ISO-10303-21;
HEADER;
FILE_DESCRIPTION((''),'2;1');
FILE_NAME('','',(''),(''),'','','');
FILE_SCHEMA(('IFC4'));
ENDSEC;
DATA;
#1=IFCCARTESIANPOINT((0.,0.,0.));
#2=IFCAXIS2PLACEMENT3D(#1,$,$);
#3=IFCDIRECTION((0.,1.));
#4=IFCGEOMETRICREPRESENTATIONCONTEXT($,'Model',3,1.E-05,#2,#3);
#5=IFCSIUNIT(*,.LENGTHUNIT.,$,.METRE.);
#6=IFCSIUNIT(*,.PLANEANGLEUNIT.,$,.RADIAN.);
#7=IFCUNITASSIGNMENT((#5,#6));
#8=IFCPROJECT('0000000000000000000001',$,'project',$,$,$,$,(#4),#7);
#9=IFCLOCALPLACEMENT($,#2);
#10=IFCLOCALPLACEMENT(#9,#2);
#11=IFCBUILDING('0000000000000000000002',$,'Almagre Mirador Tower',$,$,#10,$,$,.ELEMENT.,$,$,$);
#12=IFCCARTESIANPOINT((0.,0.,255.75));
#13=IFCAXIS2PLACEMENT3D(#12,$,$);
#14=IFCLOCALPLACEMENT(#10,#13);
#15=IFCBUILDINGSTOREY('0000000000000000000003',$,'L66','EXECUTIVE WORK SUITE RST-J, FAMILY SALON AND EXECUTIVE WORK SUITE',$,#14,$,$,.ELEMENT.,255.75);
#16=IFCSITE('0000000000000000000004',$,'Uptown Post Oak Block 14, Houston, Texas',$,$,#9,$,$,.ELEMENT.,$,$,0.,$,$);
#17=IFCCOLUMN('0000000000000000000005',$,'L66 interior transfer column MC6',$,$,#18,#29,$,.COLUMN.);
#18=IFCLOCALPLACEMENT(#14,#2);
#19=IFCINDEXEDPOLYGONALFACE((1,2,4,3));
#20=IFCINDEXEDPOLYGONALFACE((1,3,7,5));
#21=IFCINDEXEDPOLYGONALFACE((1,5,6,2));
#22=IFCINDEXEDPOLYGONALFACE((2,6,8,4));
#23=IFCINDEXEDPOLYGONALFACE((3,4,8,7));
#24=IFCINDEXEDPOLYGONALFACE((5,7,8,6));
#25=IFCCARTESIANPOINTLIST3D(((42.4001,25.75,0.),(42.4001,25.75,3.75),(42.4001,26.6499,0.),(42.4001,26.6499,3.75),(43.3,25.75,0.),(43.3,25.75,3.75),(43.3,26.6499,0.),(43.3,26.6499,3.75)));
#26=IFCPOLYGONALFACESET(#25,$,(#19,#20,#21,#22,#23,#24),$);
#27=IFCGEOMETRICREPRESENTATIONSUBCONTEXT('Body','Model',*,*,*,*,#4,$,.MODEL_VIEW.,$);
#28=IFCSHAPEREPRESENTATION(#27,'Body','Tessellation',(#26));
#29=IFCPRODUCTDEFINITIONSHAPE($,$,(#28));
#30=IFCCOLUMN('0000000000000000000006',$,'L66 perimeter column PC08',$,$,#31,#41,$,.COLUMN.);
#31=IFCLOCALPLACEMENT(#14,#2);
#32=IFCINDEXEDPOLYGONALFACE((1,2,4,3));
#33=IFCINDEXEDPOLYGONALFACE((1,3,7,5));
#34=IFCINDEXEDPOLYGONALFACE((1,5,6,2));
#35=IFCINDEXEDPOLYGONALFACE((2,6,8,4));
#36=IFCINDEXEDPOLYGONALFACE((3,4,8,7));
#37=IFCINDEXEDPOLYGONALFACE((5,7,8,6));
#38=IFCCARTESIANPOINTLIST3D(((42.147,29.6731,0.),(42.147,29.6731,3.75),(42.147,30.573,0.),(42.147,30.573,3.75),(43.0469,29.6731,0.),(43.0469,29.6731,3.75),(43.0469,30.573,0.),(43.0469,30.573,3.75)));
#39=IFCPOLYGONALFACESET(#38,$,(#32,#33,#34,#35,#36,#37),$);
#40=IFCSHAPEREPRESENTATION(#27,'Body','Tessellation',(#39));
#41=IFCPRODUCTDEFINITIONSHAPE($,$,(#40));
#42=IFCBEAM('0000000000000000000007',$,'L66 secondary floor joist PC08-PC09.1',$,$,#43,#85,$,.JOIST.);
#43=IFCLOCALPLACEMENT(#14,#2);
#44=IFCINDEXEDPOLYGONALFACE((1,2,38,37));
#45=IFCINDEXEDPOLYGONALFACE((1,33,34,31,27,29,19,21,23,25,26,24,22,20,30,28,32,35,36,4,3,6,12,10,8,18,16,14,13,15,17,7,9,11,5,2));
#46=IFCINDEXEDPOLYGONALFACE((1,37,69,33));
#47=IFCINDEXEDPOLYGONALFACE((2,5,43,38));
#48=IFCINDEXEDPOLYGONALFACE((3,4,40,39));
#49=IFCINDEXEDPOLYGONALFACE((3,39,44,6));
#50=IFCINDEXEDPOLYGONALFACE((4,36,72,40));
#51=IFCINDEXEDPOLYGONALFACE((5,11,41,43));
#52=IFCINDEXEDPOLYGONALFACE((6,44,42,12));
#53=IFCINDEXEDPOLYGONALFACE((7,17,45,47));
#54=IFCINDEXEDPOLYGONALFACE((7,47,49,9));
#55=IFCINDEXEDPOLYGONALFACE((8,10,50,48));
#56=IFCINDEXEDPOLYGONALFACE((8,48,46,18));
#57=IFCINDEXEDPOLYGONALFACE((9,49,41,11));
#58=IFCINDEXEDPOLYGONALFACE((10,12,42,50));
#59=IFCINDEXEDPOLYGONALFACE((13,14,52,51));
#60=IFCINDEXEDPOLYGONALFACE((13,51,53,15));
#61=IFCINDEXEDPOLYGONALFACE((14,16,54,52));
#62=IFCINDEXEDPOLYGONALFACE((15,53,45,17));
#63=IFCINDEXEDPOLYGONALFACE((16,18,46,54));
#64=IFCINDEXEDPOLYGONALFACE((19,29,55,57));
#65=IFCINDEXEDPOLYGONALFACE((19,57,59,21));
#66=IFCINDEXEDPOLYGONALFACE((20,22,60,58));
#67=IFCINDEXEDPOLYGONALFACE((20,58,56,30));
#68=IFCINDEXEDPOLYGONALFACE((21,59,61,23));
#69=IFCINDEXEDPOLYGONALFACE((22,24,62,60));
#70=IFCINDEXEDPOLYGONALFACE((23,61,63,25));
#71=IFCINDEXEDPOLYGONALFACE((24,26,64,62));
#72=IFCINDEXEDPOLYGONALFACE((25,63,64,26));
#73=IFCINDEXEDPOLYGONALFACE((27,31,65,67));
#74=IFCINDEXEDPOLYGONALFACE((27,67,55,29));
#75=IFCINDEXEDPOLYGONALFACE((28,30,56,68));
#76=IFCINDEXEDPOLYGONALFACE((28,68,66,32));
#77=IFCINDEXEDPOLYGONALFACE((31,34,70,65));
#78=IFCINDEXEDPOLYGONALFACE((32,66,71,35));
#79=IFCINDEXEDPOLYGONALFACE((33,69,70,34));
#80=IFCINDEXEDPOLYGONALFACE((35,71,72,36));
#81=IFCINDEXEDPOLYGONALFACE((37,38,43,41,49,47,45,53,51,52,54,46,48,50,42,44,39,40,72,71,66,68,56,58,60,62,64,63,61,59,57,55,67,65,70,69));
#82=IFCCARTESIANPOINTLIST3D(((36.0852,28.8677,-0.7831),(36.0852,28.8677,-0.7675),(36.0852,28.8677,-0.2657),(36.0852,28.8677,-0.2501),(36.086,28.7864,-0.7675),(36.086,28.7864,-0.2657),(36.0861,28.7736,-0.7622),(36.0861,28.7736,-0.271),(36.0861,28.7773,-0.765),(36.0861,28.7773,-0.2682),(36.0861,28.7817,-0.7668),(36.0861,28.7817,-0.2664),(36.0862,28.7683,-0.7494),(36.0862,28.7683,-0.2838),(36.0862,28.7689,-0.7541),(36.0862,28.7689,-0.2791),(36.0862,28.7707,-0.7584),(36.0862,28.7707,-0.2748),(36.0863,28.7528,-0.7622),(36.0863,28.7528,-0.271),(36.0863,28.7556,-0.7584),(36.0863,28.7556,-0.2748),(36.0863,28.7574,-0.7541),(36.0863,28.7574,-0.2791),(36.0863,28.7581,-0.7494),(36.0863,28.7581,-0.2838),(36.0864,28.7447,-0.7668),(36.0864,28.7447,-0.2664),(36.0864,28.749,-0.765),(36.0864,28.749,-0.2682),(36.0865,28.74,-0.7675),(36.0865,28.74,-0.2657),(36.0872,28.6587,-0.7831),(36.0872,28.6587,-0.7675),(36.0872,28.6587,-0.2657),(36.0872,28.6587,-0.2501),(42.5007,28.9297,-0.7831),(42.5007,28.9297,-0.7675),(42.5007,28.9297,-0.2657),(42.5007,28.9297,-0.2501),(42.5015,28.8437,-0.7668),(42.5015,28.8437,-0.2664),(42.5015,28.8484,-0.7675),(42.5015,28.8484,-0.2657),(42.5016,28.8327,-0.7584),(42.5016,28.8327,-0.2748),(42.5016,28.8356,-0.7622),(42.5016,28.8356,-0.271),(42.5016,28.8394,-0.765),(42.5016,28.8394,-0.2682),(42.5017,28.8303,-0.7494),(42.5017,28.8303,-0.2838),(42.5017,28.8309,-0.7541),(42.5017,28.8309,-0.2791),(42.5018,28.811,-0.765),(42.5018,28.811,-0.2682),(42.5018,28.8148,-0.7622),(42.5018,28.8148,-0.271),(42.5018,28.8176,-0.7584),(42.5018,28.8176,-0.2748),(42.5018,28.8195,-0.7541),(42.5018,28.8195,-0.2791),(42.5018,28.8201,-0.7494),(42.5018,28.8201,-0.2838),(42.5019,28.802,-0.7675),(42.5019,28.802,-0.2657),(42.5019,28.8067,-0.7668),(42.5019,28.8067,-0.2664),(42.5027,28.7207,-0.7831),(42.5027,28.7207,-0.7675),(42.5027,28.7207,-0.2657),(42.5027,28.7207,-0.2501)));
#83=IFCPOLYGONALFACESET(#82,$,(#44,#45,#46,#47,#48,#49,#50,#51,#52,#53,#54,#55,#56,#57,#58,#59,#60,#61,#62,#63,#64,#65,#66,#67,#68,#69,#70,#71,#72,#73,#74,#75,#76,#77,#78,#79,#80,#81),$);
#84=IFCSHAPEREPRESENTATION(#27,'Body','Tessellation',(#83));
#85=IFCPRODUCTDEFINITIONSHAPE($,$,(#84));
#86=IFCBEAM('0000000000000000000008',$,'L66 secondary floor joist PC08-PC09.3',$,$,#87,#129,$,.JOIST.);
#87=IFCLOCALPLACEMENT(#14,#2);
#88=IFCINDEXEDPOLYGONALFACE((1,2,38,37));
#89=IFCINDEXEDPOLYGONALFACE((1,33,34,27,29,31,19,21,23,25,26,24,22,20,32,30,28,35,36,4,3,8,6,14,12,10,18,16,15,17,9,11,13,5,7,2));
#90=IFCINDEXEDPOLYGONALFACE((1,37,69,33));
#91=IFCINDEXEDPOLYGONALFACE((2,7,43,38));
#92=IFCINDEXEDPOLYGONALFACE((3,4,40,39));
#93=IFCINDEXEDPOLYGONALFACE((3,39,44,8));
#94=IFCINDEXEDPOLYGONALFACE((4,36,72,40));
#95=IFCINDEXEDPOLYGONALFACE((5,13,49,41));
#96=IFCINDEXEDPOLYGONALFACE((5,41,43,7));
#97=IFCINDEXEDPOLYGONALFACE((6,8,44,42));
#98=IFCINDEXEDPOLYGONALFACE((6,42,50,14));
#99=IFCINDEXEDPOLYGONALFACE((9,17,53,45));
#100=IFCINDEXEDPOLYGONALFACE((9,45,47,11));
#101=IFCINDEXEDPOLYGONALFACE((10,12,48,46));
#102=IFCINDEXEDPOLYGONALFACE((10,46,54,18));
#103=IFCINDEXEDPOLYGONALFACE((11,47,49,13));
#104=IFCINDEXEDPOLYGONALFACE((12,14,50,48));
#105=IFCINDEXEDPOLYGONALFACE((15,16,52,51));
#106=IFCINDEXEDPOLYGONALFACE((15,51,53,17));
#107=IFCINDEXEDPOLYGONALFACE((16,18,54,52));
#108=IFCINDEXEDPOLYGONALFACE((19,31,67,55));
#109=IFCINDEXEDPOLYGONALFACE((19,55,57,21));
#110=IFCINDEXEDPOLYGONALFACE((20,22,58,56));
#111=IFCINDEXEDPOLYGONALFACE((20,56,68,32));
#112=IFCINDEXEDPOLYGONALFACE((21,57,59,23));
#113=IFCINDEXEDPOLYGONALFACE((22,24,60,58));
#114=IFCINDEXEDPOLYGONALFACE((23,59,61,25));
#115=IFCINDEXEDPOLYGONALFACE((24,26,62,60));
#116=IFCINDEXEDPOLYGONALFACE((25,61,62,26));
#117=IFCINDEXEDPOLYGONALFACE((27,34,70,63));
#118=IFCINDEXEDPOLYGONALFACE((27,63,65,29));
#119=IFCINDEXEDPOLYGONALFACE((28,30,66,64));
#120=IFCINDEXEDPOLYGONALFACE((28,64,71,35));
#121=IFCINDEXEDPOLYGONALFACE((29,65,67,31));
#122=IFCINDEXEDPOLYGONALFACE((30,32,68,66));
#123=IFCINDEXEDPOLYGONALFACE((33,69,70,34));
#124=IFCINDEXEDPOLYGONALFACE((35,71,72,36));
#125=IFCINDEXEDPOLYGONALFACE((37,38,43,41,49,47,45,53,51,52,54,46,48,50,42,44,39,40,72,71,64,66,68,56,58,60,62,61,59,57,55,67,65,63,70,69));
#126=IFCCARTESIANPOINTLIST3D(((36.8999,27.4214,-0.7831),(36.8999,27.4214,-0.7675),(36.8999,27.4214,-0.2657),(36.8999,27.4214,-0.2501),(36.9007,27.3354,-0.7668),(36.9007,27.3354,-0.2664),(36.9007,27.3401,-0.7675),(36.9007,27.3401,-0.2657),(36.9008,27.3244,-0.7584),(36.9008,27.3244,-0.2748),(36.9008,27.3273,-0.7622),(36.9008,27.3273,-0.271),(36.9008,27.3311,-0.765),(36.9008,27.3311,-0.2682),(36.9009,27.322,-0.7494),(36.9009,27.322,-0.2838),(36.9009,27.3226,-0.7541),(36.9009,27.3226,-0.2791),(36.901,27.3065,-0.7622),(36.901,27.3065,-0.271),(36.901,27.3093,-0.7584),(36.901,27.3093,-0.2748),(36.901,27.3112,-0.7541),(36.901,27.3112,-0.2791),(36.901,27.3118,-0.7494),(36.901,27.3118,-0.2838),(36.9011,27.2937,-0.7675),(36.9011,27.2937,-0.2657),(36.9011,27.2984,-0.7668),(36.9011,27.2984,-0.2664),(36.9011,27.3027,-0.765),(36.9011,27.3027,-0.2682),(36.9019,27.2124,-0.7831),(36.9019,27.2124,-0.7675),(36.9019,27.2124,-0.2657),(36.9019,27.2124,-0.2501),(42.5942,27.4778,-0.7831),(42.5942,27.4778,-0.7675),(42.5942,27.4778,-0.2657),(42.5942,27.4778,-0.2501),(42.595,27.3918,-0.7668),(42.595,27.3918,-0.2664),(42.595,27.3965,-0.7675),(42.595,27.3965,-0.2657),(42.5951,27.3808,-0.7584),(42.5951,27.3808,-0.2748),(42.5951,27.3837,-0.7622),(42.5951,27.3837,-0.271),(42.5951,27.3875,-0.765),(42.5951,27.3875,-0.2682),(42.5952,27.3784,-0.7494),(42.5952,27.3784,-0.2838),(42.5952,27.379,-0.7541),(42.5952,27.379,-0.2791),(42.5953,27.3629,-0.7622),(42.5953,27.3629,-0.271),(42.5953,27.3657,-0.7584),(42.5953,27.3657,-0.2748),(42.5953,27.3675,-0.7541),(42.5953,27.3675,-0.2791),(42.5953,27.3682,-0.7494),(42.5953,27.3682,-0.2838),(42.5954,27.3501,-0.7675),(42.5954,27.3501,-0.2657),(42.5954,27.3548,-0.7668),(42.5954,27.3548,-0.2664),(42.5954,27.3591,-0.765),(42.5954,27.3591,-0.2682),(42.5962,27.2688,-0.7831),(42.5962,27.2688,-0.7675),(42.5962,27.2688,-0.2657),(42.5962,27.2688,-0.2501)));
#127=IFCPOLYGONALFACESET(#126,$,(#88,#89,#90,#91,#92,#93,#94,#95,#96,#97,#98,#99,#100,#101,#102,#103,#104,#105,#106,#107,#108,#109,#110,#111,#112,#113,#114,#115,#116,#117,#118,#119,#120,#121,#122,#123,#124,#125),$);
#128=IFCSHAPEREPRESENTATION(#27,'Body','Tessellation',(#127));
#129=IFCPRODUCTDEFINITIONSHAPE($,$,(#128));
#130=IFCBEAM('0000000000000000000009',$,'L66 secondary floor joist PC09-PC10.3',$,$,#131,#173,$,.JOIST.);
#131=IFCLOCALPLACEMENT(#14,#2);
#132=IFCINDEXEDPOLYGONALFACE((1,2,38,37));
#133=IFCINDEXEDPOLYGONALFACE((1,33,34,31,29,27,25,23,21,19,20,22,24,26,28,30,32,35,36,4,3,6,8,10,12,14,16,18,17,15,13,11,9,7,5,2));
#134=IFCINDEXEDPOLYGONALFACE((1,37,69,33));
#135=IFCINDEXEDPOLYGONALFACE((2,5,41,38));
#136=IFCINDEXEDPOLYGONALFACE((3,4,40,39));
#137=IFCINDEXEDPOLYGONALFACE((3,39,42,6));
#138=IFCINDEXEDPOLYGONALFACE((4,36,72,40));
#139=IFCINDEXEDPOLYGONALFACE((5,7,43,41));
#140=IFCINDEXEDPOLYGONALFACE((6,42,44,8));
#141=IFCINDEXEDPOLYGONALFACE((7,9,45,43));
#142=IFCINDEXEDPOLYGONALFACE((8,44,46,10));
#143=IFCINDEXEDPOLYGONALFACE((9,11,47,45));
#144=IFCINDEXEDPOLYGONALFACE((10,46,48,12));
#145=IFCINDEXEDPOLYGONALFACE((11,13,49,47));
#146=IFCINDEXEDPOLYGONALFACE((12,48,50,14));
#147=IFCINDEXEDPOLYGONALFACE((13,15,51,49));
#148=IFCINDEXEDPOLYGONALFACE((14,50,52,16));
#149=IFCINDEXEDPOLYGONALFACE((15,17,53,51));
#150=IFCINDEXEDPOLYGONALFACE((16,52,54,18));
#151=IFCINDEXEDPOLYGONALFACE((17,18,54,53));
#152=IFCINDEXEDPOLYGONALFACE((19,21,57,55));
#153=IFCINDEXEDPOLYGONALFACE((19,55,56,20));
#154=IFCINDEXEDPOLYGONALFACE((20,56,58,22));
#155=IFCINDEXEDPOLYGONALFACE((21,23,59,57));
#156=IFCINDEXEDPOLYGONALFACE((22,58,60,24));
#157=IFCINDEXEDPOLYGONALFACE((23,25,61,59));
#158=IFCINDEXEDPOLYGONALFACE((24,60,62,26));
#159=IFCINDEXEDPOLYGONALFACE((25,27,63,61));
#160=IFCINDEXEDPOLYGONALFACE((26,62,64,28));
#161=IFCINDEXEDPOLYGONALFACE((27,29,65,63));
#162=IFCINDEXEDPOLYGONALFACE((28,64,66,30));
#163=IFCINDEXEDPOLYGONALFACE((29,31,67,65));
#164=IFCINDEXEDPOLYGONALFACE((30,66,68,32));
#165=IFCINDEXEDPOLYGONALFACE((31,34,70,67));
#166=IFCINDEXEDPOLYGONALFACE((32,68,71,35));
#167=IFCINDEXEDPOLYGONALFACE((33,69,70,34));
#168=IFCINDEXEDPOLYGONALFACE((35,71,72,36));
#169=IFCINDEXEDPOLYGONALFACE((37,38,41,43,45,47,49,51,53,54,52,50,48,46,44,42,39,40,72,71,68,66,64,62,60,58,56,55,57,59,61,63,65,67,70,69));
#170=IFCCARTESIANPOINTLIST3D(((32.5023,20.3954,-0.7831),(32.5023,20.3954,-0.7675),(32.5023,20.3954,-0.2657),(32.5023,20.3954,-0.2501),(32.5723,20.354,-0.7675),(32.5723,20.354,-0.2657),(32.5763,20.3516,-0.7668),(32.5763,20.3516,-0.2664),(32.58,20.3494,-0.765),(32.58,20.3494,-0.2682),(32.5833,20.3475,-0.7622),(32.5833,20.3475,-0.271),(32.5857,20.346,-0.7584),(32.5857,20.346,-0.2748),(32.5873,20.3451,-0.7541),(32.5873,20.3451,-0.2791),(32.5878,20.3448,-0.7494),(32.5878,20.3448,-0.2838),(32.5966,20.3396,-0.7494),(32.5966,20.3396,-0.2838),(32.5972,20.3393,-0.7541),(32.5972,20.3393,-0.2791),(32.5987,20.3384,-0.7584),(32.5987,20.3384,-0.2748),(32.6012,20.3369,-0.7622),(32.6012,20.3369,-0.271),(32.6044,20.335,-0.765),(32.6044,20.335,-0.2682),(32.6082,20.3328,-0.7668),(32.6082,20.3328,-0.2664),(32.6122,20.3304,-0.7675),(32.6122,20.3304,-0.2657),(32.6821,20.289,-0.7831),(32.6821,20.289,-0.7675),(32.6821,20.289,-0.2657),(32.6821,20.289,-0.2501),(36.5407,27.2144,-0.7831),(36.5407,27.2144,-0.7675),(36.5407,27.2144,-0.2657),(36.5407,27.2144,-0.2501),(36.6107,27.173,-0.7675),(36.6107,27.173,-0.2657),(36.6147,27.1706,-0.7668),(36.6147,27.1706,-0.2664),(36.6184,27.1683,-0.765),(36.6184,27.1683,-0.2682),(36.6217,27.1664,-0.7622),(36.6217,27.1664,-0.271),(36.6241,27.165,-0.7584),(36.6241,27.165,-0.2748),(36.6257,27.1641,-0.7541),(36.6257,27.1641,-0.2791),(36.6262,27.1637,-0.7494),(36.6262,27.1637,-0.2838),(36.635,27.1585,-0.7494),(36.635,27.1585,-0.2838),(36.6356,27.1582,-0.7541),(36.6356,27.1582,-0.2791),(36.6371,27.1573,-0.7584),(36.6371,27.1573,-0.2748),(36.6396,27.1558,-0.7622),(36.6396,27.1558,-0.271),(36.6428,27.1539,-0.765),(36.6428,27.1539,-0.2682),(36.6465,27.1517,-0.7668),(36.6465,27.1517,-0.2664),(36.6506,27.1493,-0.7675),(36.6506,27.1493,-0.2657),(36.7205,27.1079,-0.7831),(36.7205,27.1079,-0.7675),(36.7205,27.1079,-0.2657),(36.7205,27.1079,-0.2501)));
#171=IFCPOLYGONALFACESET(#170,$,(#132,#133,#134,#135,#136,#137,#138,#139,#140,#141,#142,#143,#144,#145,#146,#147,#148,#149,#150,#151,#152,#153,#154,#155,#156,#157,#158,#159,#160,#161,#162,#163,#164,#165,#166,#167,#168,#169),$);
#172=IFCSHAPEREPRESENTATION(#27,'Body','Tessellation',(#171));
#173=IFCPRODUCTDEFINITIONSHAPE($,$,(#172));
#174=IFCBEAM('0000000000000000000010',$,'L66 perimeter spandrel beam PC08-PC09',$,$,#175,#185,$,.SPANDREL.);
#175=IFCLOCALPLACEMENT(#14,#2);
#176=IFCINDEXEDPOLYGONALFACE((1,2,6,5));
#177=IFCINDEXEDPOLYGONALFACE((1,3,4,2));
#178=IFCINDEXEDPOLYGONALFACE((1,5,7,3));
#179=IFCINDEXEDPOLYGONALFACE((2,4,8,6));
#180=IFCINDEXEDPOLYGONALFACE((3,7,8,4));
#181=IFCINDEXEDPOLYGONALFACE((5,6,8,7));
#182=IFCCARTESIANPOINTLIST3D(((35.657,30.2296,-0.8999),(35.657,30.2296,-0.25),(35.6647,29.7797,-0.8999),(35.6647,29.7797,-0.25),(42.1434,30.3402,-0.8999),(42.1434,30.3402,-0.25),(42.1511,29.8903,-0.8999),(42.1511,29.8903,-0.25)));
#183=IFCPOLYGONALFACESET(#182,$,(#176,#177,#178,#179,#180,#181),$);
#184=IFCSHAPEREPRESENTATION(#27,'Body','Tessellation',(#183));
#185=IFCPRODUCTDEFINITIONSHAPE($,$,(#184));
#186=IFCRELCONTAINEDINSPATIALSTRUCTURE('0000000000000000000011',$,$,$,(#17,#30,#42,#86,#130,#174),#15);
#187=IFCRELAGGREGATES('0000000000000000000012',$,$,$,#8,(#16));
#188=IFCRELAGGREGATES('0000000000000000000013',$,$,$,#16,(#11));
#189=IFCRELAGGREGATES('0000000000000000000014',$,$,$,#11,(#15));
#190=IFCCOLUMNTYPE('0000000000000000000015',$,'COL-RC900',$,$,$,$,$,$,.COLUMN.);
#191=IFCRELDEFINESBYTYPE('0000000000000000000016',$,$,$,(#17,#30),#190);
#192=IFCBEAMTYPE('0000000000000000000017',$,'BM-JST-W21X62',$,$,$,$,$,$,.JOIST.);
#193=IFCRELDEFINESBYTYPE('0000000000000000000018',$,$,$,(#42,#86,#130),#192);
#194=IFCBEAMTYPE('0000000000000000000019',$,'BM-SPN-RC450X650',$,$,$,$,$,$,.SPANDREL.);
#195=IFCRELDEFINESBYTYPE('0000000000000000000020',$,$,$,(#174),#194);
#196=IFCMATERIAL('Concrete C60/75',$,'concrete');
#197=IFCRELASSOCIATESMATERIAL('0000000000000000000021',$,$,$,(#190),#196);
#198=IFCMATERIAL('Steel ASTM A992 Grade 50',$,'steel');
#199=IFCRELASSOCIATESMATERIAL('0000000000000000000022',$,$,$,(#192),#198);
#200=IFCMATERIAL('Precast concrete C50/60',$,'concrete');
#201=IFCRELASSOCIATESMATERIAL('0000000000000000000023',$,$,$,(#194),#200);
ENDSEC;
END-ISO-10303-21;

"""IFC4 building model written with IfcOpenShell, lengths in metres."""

from ifc_helpers import new_model, si_unit, direction, frame, origin, origin_2d, place, context, subcontext, project, spatial, rectangle, i_section, extrude, material, material_profile, profile_set, type_object, element, save


model = new_model("IFC4")

# Units and contexts
model_context = context("Model", 3, precision=1e-05, world=origin(), true_north=direction((0.0, 1.0)))
body_context = subcontext(model_context, "Body", "Model", "MODEL_VIEW")
ifc_project = project(units=[si_unit("LENGTHUNIT", "METRE"), si_unit("PLANEANGLEUNIT", "RADIAN")], contexts=[model_context])

# Site, building, storey
site_placement = place(None, origin())
site = spatial("IfcSite", under=ifc_project, at=site_placement, Name="Uptown Post Oak Block 14, Houston, Texas", CompositionType="ELEMENT", RefElevation=0.0)
building_placement = place(site_placement, origin())
building = spatial("IfcBuilding", under=site, at=building_placement, Name="Almagre Mirador Tower", CompositionType="ELEMENT")
storey_placement = place(building_placement, frame((0.0, 0.0, 255.75)))
storey = spatial("IfcBuildingStorey", under=building, at=storey_placement, Name="L66", Description="EXECUTIVE WORK SUITE RST-J, FAMILY SALON AND EXECUTIVE WORK SUITE", CompositionType="ELEMENT", Elevation=255.75)

# Columns
ifc_material_1 = material(Name="Concrete C60/75", Category="concrete")
ifc_material_profile_1 = material_profile(ifc_material_1, rectangle(XDim=0.8999, YDim=0.8999, at=origin_2d()), Name="RC900X900")
ifc_profile_set_1 = profile_set([ifc_material_profile_1], Name="Concrete C60/75")
column_type = type_object("IfcColumnType", Name="COL-RC900", PredefinedType="COLUMN", material=ifc_profile_set_1)
for number, where, z_axis, x_axis, name in (
    (1, (42.8501, 26.2, 0.0), (0.0, 0.0, 1.0), (1.0, 0.0, 0.0), "L66 interior transfer column MC6"),
    (2, (42.5969, 30.123, 0.0), (0.0, 0.0, 1.0), (1.0, 0.0, 0.0), "L66 perimeter column PC08"),
):
    element("IfcColumn", number, at=place(storey_placement, frame(where, z_axis=z_axis, x_axis=x_axis)), inside=storey, type_object=column_type, Name=name, PredefinedType="COLUMN", context=body_context, shape_type="SweptSolid", body=[
        extrude(rectangle(XDim=0.8999, YDim=0.8999, at=origin_2d()), origin(), (0.0, 0.0, 1.0), 3.75),
    ])

# Beams
ifc_material_2 = material(Name="Steel ASTM A992 Grade 50", Category="steel")
ifc_material_profile_2 = material_profile(ifc_material_2, i_section(OverallWidth=0.209, OverallDepth=0.533, WebThickness=0.0103, FlangeThickness=0.0156, FilletRadius=0.0181, at=origin_2d()), Name="W21X62")
ifc_profile_set_2 = profile_set([ifc_material_profile_2], Name="Steel ASTM A992 Grade 50")
beam_type_1 = type_object("IfcBeamType", Name="BM-JST-W21X62", PredefinedType="JOIST", material=ifc_profile_set_2)
beam_1_placement = place(storey_placement, frame((42.5017, 28.8252, -0.5166), z_axis=(-0.999953, -0.009665, 0.0), x_axis=(0.009665, -0.999953, 0.0)))
element("IfcBeam", 3, at=beam_1_placement, inside=storey, type_object=beam_type_1, Name="L66 secondary floor joist PC08-PC09.1", PredefinedType="JOIST", context=body_context, shape_type="SweptSolid", body=[
    extrude(i_section(OverallWidth=0.209, OverallDepth=0.533, WebThickness=0.0103, FlangeThickness=0.0156, FilletRadius=0.0181, at=origin_2d()), origin(), (0.0, 0.0, 1.0), 6.4158),
])
beam_2_placement = place(storey_placement, frame((42.5952, 27.3733, -0.5166), z_axis=(-0.999951, -0.009903, 0.0), x_axis=(0.009903, -0.999951, 0.0)))
element("IfcBeam", 4, at=beam_2_placement, inside=storey, type_object=beam_type_1, Name="L66 secondary floor joist PC08-PC09.3", PredefinedType="JOIST", context=body_context, shape_type="SweptSolid", body=[
    extrude(i_section(OverallWidth=0.209, OverallDepth=0.533, WebThickness=0.0103, FlangeThickness=0.0156, FilletRadius=0.0181, at=origin_2d()), origin(), (0.0, 0.0, 1.0), 5.6946),
])
beam_3_placement = place(storey_placement, frame((36.6306, 27.1611, -0.5166), z_axis=(-0.509572, -0.860428, 0.0), x_axis=(0.860428, -0.509572, 0.0)))
element("IfcBeam", 5, at=beam_3_placement, inside=storey, type_object=beam_type_1, Name="L66 secondary floor joist PC09-PC10.3", PredefinedType="JOIST", context=body_context, shape_type="SweptSolid", body=[
    extrude(i_section(OverallWidth=0.209, OverallDepth=0.533, WebThickness=0.0103, FlangeThickness=0.0156, FilletRadius=0.0181, at=origin_2d()), origin(), (0.0, 0.0, 1.0), 7.925),
])
ifc_material_3 = material(Name="Precast concrete C50/60", Category="concrete")
ifc_material_profile_3 = material_profile(ifc_material_3, rectangle(XDim=0.45, YDim=0.6499, at=origin_2d()), Name="RC450X650")
ifc_profile_set_3 = profile_set([ifc_material_profile_3], Name="Precast concrete C50/60")
beam_type_2 = type_object("IfcBeamType", Name="BM-SPN-RC450X650", PredefinedType="SPANDREL", material=ifc_profile_set_3)
beam_4_placement = place(storey_placement, frame((42.1472, 30.1152, -0.575), z_axis=(-0.999855, -0.017048, 0.0), x_axis=(0.017048, -0.999855, 0.0)))
element("IfcBeam", 6, at=beam_4_placement, inside=storey, type_object=beam_type_2, Name="L66 perimeter spandrel beam PC08-PC09", PredefinedType="SPANDREL", context=body_context, shape_type="SweptSolid", body=[
    extrude(rectangle(XDim=0.45, YDim=0.6499, at=origin_2d()), origin(), (0.0, 0.0, 1.0), 6.4873),
])

save(model, "model.ifc")
